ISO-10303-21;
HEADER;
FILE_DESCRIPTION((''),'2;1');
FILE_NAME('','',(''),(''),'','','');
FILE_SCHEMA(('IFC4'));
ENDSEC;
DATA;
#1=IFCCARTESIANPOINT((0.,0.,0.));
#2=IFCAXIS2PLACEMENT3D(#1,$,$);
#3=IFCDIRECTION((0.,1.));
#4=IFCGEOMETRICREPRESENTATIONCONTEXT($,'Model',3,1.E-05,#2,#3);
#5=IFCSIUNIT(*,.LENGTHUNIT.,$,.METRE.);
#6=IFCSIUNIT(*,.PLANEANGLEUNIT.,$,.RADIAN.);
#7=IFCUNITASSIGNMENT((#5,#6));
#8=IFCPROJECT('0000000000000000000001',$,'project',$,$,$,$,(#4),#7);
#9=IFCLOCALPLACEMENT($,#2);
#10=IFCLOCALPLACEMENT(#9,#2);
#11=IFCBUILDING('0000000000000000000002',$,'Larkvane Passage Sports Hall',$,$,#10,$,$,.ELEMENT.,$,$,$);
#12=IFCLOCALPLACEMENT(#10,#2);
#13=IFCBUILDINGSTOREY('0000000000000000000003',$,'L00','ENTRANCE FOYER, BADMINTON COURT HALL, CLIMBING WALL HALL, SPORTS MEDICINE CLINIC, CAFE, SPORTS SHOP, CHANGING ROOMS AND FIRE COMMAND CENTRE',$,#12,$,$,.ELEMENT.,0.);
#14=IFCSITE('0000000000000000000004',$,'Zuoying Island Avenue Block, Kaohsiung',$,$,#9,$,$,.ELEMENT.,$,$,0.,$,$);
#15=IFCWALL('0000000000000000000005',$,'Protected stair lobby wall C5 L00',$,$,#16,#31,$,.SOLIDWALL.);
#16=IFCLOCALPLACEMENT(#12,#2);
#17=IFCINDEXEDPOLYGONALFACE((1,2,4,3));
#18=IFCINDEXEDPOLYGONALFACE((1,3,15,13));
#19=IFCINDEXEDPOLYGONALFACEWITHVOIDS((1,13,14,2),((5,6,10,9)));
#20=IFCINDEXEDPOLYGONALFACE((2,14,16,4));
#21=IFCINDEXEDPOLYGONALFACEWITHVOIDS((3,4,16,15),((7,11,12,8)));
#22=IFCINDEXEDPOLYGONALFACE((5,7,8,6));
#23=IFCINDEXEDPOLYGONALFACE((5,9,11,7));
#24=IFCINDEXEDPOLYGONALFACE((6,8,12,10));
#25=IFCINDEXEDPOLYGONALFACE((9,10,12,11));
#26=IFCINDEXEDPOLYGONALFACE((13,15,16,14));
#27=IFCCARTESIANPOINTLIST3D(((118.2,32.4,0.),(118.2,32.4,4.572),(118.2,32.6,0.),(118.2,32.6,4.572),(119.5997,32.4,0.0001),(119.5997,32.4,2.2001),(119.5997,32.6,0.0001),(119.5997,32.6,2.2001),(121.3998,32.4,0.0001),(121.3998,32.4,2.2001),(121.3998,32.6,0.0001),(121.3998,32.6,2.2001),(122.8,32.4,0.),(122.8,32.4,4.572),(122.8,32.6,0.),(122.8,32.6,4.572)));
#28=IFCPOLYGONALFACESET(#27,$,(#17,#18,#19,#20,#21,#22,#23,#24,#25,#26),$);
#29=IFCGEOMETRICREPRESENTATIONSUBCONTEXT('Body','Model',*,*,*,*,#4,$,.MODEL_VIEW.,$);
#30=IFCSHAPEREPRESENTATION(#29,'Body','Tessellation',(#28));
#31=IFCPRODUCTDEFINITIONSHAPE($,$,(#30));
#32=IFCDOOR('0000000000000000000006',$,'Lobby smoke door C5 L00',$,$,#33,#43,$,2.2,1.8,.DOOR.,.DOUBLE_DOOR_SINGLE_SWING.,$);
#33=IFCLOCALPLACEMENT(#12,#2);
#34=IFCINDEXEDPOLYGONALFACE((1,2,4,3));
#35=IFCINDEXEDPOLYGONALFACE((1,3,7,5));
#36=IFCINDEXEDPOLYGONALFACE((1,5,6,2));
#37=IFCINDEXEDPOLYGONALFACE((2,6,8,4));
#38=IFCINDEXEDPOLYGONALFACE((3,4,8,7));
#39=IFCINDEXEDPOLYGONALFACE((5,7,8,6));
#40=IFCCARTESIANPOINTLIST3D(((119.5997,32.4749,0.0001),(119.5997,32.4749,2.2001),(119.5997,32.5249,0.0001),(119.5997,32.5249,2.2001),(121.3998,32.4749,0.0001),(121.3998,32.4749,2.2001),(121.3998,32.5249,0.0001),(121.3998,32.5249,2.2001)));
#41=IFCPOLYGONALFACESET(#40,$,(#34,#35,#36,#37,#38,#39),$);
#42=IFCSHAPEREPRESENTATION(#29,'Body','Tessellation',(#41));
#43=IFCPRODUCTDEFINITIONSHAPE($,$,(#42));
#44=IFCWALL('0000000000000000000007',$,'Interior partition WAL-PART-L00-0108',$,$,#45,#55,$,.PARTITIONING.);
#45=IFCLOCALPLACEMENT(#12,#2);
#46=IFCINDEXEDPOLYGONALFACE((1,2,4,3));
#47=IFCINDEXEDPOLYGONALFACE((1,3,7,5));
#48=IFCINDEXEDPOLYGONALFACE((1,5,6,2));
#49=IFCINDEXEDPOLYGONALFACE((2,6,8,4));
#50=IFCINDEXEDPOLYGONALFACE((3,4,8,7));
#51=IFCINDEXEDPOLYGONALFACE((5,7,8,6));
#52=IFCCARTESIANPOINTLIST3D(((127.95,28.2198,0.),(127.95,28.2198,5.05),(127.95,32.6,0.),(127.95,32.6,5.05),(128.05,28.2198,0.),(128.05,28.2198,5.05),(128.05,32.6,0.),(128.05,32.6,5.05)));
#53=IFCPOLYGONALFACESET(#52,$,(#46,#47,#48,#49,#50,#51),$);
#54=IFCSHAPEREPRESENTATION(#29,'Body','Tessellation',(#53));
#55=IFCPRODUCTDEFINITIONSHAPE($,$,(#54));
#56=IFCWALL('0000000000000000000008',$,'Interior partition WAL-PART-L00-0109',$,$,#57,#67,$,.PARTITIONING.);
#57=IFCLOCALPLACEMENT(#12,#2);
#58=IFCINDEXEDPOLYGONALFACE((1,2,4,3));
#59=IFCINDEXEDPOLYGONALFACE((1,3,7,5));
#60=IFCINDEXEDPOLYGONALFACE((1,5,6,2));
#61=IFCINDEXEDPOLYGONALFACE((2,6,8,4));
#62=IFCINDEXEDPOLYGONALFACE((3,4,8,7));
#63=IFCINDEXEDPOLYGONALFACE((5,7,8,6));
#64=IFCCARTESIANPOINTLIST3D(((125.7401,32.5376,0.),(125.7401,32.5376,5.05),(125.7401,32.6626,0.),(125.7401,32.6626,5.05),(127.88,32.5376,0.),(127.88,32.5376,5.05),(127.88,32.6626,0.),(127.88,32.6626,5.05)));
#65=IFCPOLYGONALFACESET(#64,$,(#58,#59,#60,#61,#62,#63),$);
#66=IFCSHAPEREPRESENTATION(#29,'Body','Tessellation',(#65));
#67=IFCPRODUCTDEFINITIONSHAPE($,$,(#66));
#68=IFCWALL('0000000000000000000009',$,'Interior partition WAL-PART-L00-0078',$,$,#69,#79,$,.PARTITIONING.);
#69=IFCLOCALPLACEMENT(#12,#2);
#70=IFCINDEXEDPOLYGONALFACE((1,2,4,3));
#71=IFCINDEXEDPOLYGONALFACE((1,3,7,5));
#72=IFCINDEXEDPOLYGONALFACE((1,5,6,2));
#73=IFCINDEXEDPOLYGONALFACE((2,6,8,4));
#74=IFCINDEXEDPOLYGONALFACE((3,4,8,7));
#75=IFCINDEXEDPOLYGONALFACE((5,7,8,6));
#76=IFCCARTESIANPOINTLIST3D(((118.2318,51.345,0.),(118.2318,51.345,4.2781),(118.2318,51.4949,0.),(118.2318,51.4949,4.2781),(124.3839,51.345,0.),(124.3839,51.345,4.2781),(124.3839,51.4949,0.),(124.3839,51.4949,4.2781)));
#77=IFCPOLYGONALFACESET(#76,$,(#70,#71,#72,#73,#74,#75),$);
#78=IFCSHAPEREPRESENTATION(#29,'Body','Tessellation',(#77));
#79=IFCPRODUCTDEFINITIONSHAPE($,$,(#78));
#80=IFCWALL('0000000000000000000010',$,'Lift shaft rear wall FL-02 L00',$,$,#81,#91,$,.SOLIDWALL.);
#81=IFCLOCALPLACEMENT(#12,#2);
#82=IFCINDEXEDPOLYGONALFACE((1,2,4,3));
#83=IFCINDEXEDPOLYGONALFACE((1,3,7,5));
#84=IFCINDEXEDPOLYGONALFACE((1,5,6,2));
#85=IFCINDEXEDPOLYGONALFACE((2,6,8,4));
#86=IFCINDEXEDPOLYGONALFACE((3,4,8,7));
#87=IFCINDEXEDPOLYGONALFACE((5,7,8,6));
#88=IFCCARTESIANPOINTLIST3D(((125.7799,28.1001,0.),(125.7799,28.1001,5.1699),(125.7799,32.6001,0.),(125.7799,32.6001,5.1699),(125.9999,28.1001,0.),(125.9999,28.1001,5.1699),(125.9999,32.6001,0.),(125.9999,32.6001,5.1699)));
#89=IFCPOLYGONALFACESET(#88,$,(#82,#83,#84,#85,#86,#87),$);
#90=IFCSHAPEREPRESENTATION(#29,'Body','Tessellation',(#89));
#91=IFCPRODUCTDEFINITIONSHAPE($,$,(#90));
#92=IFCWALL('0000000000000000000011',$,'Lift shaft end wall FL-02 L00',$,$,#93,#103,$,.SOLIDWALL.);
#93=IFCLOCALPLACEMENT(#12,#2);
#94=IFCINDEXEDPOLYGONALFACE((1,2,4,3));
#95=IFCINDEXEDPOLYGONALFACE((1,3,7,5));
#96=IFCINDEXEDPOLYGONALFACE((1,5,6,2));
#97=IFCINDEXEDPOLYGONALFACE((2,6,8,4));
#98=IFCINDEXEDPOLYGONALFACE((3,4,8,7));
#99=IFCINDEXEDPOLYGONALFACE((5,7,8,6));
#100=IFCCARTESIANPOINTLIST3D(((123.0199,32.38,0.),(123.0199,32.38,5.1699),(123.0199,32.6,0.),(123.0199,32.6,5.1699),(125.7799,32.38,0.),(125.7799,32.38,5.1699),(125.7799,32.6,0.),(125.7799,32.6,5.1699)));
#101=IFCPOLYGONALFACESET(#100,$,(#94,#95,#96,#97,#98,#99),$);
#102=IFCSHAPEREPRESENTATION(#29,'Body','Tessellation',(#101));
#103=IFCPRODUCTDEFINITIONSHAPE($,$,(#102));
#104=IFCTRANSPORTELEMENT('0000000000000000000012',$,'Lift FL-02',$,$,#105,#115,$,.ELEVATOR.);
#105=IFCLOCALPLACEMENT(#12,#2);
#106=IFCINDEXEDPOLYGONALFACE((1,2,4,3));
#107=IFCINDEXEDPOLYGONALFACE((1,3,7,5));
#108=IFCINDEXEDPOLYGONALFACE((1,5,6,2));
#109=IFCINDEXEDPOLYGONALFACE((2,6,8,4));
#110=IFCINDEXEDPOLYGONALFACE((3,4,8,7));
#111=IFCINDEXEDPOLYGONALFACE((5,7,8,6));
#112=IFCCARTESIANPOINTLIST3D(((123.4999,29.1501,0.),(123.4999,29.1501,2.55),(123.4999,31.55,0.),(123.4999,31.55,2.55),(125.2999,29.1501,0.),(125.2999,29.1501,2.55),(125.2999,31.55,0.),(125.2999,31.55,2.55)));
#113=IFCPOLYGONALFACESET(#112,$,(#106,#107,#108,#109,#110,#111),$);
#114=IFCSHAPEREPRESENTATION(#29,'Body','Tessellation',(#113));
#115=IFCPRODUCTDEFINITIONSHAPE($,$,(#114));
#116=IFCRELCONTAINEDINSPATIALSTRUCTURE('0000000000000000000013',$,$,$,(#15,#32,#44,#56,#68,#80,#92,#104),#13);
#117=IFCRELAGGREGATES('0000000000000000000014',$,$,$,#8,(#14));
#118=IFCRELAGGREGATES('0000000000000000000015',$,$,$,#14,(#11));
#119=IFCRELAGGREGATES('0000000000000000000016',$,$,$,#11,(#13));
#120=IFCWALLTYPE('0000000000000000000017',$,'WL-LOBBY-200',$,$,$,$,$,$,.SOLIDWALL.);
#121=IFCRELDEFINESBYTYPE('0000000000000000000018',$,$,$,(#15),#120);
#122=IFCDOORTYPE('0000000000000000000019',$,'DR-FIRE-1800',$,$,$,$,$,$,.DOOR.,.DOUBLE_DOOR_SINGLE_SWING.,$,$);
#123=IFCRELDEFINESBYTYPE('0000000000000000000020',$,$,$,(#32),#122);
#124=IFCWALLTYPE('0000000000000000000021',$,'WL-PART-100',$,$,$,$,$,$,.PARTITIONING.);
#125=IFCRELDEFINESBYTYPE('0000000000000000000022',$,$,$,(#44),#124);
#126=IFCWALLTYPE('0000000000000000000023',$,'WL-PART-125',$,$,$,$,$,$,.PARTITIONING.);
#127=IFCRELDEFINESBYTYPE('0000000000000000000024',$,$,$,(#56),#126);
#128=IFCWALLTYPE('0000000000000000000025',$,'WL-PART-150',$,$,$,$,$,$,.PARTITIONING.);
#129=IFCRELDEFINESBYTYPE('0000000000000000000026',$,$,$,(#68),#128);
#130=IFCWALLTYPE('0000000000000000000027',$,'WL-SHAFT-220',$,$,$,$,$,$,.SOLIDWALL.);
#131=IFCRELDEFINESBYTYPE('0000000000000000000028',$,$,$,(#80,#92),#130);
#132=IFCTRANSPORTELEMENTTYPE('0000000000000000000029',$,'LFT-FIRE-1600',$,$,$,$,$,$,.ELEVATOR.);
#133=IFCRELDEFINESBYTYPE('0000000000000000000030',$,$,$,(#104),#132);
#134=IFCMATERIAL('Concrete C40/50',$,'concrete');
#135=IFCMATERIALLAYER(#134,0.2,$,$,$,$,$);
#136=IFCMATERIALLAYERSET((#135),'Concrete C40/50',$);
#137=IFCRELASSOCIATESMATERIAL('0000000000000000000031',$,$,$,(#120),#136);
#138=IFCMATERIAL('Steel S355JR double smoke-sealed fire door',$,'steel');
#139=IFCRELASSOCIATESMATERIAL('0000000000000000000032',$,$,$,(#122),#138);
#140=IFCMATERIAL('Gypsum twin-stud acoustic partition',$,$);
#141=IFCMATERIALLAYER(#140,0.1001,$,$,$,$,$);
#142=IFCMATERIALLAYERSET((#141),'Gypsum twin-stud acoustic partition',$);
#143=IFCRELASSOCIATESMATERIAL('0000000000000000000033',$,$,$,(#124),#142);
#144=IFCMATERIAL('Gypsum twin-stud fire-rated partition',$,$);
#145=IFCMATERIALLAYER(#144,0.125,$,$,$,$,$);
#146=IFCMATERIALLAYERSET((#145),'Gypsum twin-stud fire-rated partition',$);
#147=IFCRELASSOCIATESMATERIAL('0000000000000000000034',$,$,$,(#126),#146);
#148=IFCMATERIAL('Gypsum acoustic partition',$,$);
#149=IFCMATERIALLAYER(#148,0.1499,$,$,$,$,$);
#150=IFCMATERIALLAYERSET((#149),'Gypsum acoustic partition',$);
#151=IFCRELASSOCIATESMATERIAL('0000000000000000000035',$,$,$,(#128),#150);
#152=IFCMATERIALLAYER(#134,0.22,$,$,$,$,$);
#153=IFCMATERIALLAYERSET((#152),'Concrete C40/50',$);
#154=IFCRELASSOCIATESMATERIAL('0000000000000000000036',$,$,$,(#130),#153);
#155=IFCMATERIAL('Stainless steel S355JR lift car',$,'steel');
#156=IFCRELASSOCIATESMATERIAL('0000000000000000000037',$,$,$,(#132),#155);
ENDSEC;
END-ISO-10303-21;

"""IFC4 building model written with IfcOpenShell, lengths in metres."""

from ifc_helpers import new_model, si_unit, direction, frame, frame_2d, origin, origin_2d, place, context, subcontext, project, spatial, rectangle, extrude, material, layer, layer_set, type_object, element, fill, save


model = new_model("IFC4")

# Units and contexts
model_context = context("Model", 3, precision=1e-05, world=origin(), true_north=direction((0.0, 1.0)))
body_context = subcontext(model_context, "Body", "Model", "MODEL_VIEW")
ifc_project = project(units=[si_unit("LENGTHUNIT", "METRE"), si_unit("PLANEANGLEUNIT", "RADIAN")], contexts=[model_context])

# Site, building, storey
site_placement = place(None, origin())
site = spatial("IfcSite", under=ifc_project, at=site_placement, Name="Zuoying Island Avenue Block, Kaohsiung", CompositionType="ELEMENT", RefElevation=0.0)
building_placement = place(site_placement, origin())
building = spatial("IfcBuilding", under=site, at=building_placement, Name="Larkvane Passage Sports Hall", CompositionType="ELEMENT")
storey_placement = place(building_placement, origin())
storey = spatial("IfcBuildingStorey", under=building, at=storey_placement, Name="L00", Description="ENTRANCE FOYER, BADMINTON COURT HALL, CLIMBING WALL HALL, SPORTS MEDICINE CLINIC, CAFE, SPORTS SHOP, CHANGING ROOMS AND FIRE COMMAND CENTRE", CompositionType="ELEMENT", Elevation=0.0)

# Shared definitions
ifc_material_1 = material(Name="Concrete C40/50", Category="concrete")

# Wall, opening, door
ifc_layer_1 = layer(ifc_material_1, 0.2)
ifc_layer_set_1 = layer_set([ifc_layer_1], Name="Concrete C40/50")
wall_type_1 = type_object("IfcWallType", Name="WL-LOBBY-200", PredefinedType="SOLIDWALL", material=ifc_layer_set_1)
wall_1_placement = place(storey_placement, frame((118.2, 32.5, 0.0), z_axis=(0.0, 0.0, 1.0), x_axis=(1.0, 0.0, 0.0)))
wall_1 = element("IfcWall", 1, at=wall_1_placement, inside=storey, type_object=wall_type_1, Name="Protected stair lobby wall C5 L00", PredefinedType="SOLIDWALL", context=body_context, shape_type="SweptSolid", body=[
    extrude(rectangle(XDim=4.6001, YDim=0.2, at=frame_2d((2.3, 0.0))), origin(), (0.0, 0.0, 1.0), 4.572),
])
opening_placement = place(wall_1_placement, frame((1.3999, 0.0, 0.0)))
opening = element("IfcOpeningElement", 2, at=opening_placement, cuts=wall_1, PredefinedType="OPENING", context=body_context, shape_type="SweptSolid", body=[
    extrude(rectangle(XDim=1.8, YDim=2.2, at=frame_2d((0.8999, 1.1001))), frame((0.0, 0.1099, 0.0), z_axis=(0.0, -1.0, 0.0), x_axis=(1.0, 0.0, 0.0)), (0.0, 0.0, 1.0), 0.22),
])
ifc_material_2 = material(Name="Steel S355JR double smoke-sealed fire door", Category="steel")
door_type = type_object("IfcDoorType", Name="DR-FIRE-1800", OperationType="DOUBLE_DOOR_SINGLE_SWING", PredefinedType="DOOR", material=ifc_material_2)
door_placement = place(opening_placement, origin())
door = element("IfcDoor", 3, at=door_placement, inside=storey, type_object=door_type, Name="Lobby smoke door C5 L00", OperationType="DOUBLE_DOOR_SINGLE_SWING", OverallHeight=2.2, OverallWidth=1.8, PredefinedType="DOOR", context=body_context, shape_type="SweptSolid", body=[
    extrude(rectangle(XDim=1.8, YDim=2.2, at=frame_2d((0.8999, 1.1001))), frame((0.0, 0.0249, 0.0), z_axis=(0.0, -1.0, 0.0), x_axis=(1.0, 0.0, 0.0)), (0.0, 0.0, 1.0), 0.05),
])
fill(opening, door)

# Walls
ifc_material_3 = material(Name="Gypsum twin-stud acoustic partition")
ifc_layer_2 = layer(ifc_material_3, 0.1001)
ifc_layer_set_2 = layer_set([ifc_layer_2], Name="Gypsum twin-stud acoustic partition")
wall_type_2 = type_object("IfcWallType", Name="WL-PART-100", PredefinedType="PARTITIONING", material=ifc_layer_set_2)
wall_2_placement = place(storey_placement, frame((128.0, 28.22, 0.0), z_axis=(0.0, 0.0, 1.0), x_axis=(0.0, 1.0, 0.0)))
element("IfcWall", 4, at=wall_2_placement, inside=storey, type_object=wall_type_2, Name="Interior partition WAL-PART-L00-0108", PredefinedType="PARTITIONING", context=body_context, shape_type="SweptSolid", body=[
    extrude(rectangle(XDim=4.3801, YDim=0.1001, at=frame_2d((2.1899, 0.0))), origin(), (0.0, 0.0, 1.0), 5.05),
])
ifc_material_4 = material(Name="Gypsum twin-stud fire-rated partition")
ifc_layer_3 = layer(ifc_material_4, 0.125)
ifc_layer_set_3 = layer_set([ifc_layer_3], Name="Gypsum twin-stud fire-rated partition")
wall_type_3 = type_object("IfcWallType", Name="WL-PART-125", PredefinedType="PARTITIONING", material=ifc_layer_set_3)
wall_3_placement = place(storey_placement, frame((127.8799, 32.6001, 0.0), z_axis=(0.0, 0.0, 1.0), x_axis=(-1.0, 0.0, 0.0)))
element("IfcWall", 5, at=wall_3_placement, inside=storey, type_object=wall_type_3, Name="Interior partition WAL-PART-L00-0109", PredefinedType="PARTITIONING", context=body_context, shape_type="SweptSolid", body=[
    extrude(rectangle(XDim=2.1399, YDim=0.125, at=frame_2d((1.0698, 0.0))), origin(), (0.0, 0.0, 1.0), 5.05),
])
ifc_material_5 = material(Name="Gypsum acoustic partition")
ifc_layer_4 = layer(ifc_material_5, 0.1499)
ifc_layer_set_4 = layer_set([ifc_layer_4], Name="Gypsum acoustic partition")
wall_type_4 = type_object("IfcWallType", Name="WL-PART-150", PredefinedType="PARTITIONING", material=ifc_layer_set_4)
wall_4_placement = place(storey_placement, frame((124.384, 51.4199, 0.0), z_axis=(0.0, 0.0, 1.0), x_axis=(-1.0, 0.0, 0.0)))
element("IfcWall", 6, at=wall_4_placement, inside=storey, type_object=wall_type_4, Name="Interior partition WAL-PART-L00-0078", PredefinedType="PARTITIONING", context=body_context, shape_type="SweptSolid", body=[
    extrude(rectangle(XDim=6.1521, YDim=0.1499, at=frame_2d((3.0762, 0.0))), origin(), (0.0, 0.0, 1.0), 4.2781),
])
ifc_layer_5 = layer(ifc_material_1, 0.22)
ifc_layer_set_5 = layer_set([ifc_layer_5], Name="Concrete C40/50")
wall_type_5 = type_object("IfcWallType", Name="WL-SHAFT-220", PredefinedType="SOLIDWALL", material=ifc_layer_set_5)
wall_5_placement = place(storey_placement, frame((125.8899, 28.1001, 0.0), z_axis=(0.0, 0.0, 1.0), x_axis=(0.0, 1.0, 0.0)))
element("IfcWall", 7, at=wall_5_placement, inside=storey, type_object=wall_type_5, Name="Lift shaft rear wall FL-02 L00", PredefinedType="SOLIDWALL", context=body_context, shape_type="SweptSolid", body=[
    extrude(rectangle(XDim=4.5, YDim=0.22, at=frame_2d((2.25, 0.0))), origin(), (0.0, 0.0, 1.0), 5.1699),
])
wall_6_placement = place(storey_placement, frame((123.02, 32.49, 0.0), z_axis=(0.0, 0.0, 1.0), x_axis=(1.0, 0.0, 0.0)))
element("IfcWall", 8, at=wall_6_placement, inside=storey, type_object=wall_type_5, Name="Lift shaft end wall FL-02 L00", PredefinedType="SOLIDWALL", context=body_context, shape_type="SweptSolid", body=[
    extrude(rectangle(XDim=2.76, YDim=0.22, at=frame_2d((1.3799, 0.0))), origin(), (0.0, 0.0, 1.0), 5.1699),
])

# Transport element
ifc_material_6 = material(Name="Stainless steel S355JR lift car", Category="steel")
transport_element_type = type_object("IfcTransportElementType", Name="LFT-FIRE-1600", PredefinedType="ELEVATOR", material=ifc_material_6)
transport_element_placement = place(storey_placement, frame((124.3999, 30.3501, 0.0), z_axis=(0.0, 0.0, 1.0), x_axis=(1.0, 0.0, 0.0)))
element("IfcTransportElement", 9, at=transport_element_placement, inside=storey, type_object=transport_element_type, Name="Lift FL-02", PredefinedType="ELEVATOR", context=body_context, shape_type="SweptSolid", body=[
    extrude(rectangle(XDim=1.8, YDim=2.3999, at=origin_2d()), origin(), (0.0, 0.0, 1.0), 2.55),
])

save(model, "model.ifc")
